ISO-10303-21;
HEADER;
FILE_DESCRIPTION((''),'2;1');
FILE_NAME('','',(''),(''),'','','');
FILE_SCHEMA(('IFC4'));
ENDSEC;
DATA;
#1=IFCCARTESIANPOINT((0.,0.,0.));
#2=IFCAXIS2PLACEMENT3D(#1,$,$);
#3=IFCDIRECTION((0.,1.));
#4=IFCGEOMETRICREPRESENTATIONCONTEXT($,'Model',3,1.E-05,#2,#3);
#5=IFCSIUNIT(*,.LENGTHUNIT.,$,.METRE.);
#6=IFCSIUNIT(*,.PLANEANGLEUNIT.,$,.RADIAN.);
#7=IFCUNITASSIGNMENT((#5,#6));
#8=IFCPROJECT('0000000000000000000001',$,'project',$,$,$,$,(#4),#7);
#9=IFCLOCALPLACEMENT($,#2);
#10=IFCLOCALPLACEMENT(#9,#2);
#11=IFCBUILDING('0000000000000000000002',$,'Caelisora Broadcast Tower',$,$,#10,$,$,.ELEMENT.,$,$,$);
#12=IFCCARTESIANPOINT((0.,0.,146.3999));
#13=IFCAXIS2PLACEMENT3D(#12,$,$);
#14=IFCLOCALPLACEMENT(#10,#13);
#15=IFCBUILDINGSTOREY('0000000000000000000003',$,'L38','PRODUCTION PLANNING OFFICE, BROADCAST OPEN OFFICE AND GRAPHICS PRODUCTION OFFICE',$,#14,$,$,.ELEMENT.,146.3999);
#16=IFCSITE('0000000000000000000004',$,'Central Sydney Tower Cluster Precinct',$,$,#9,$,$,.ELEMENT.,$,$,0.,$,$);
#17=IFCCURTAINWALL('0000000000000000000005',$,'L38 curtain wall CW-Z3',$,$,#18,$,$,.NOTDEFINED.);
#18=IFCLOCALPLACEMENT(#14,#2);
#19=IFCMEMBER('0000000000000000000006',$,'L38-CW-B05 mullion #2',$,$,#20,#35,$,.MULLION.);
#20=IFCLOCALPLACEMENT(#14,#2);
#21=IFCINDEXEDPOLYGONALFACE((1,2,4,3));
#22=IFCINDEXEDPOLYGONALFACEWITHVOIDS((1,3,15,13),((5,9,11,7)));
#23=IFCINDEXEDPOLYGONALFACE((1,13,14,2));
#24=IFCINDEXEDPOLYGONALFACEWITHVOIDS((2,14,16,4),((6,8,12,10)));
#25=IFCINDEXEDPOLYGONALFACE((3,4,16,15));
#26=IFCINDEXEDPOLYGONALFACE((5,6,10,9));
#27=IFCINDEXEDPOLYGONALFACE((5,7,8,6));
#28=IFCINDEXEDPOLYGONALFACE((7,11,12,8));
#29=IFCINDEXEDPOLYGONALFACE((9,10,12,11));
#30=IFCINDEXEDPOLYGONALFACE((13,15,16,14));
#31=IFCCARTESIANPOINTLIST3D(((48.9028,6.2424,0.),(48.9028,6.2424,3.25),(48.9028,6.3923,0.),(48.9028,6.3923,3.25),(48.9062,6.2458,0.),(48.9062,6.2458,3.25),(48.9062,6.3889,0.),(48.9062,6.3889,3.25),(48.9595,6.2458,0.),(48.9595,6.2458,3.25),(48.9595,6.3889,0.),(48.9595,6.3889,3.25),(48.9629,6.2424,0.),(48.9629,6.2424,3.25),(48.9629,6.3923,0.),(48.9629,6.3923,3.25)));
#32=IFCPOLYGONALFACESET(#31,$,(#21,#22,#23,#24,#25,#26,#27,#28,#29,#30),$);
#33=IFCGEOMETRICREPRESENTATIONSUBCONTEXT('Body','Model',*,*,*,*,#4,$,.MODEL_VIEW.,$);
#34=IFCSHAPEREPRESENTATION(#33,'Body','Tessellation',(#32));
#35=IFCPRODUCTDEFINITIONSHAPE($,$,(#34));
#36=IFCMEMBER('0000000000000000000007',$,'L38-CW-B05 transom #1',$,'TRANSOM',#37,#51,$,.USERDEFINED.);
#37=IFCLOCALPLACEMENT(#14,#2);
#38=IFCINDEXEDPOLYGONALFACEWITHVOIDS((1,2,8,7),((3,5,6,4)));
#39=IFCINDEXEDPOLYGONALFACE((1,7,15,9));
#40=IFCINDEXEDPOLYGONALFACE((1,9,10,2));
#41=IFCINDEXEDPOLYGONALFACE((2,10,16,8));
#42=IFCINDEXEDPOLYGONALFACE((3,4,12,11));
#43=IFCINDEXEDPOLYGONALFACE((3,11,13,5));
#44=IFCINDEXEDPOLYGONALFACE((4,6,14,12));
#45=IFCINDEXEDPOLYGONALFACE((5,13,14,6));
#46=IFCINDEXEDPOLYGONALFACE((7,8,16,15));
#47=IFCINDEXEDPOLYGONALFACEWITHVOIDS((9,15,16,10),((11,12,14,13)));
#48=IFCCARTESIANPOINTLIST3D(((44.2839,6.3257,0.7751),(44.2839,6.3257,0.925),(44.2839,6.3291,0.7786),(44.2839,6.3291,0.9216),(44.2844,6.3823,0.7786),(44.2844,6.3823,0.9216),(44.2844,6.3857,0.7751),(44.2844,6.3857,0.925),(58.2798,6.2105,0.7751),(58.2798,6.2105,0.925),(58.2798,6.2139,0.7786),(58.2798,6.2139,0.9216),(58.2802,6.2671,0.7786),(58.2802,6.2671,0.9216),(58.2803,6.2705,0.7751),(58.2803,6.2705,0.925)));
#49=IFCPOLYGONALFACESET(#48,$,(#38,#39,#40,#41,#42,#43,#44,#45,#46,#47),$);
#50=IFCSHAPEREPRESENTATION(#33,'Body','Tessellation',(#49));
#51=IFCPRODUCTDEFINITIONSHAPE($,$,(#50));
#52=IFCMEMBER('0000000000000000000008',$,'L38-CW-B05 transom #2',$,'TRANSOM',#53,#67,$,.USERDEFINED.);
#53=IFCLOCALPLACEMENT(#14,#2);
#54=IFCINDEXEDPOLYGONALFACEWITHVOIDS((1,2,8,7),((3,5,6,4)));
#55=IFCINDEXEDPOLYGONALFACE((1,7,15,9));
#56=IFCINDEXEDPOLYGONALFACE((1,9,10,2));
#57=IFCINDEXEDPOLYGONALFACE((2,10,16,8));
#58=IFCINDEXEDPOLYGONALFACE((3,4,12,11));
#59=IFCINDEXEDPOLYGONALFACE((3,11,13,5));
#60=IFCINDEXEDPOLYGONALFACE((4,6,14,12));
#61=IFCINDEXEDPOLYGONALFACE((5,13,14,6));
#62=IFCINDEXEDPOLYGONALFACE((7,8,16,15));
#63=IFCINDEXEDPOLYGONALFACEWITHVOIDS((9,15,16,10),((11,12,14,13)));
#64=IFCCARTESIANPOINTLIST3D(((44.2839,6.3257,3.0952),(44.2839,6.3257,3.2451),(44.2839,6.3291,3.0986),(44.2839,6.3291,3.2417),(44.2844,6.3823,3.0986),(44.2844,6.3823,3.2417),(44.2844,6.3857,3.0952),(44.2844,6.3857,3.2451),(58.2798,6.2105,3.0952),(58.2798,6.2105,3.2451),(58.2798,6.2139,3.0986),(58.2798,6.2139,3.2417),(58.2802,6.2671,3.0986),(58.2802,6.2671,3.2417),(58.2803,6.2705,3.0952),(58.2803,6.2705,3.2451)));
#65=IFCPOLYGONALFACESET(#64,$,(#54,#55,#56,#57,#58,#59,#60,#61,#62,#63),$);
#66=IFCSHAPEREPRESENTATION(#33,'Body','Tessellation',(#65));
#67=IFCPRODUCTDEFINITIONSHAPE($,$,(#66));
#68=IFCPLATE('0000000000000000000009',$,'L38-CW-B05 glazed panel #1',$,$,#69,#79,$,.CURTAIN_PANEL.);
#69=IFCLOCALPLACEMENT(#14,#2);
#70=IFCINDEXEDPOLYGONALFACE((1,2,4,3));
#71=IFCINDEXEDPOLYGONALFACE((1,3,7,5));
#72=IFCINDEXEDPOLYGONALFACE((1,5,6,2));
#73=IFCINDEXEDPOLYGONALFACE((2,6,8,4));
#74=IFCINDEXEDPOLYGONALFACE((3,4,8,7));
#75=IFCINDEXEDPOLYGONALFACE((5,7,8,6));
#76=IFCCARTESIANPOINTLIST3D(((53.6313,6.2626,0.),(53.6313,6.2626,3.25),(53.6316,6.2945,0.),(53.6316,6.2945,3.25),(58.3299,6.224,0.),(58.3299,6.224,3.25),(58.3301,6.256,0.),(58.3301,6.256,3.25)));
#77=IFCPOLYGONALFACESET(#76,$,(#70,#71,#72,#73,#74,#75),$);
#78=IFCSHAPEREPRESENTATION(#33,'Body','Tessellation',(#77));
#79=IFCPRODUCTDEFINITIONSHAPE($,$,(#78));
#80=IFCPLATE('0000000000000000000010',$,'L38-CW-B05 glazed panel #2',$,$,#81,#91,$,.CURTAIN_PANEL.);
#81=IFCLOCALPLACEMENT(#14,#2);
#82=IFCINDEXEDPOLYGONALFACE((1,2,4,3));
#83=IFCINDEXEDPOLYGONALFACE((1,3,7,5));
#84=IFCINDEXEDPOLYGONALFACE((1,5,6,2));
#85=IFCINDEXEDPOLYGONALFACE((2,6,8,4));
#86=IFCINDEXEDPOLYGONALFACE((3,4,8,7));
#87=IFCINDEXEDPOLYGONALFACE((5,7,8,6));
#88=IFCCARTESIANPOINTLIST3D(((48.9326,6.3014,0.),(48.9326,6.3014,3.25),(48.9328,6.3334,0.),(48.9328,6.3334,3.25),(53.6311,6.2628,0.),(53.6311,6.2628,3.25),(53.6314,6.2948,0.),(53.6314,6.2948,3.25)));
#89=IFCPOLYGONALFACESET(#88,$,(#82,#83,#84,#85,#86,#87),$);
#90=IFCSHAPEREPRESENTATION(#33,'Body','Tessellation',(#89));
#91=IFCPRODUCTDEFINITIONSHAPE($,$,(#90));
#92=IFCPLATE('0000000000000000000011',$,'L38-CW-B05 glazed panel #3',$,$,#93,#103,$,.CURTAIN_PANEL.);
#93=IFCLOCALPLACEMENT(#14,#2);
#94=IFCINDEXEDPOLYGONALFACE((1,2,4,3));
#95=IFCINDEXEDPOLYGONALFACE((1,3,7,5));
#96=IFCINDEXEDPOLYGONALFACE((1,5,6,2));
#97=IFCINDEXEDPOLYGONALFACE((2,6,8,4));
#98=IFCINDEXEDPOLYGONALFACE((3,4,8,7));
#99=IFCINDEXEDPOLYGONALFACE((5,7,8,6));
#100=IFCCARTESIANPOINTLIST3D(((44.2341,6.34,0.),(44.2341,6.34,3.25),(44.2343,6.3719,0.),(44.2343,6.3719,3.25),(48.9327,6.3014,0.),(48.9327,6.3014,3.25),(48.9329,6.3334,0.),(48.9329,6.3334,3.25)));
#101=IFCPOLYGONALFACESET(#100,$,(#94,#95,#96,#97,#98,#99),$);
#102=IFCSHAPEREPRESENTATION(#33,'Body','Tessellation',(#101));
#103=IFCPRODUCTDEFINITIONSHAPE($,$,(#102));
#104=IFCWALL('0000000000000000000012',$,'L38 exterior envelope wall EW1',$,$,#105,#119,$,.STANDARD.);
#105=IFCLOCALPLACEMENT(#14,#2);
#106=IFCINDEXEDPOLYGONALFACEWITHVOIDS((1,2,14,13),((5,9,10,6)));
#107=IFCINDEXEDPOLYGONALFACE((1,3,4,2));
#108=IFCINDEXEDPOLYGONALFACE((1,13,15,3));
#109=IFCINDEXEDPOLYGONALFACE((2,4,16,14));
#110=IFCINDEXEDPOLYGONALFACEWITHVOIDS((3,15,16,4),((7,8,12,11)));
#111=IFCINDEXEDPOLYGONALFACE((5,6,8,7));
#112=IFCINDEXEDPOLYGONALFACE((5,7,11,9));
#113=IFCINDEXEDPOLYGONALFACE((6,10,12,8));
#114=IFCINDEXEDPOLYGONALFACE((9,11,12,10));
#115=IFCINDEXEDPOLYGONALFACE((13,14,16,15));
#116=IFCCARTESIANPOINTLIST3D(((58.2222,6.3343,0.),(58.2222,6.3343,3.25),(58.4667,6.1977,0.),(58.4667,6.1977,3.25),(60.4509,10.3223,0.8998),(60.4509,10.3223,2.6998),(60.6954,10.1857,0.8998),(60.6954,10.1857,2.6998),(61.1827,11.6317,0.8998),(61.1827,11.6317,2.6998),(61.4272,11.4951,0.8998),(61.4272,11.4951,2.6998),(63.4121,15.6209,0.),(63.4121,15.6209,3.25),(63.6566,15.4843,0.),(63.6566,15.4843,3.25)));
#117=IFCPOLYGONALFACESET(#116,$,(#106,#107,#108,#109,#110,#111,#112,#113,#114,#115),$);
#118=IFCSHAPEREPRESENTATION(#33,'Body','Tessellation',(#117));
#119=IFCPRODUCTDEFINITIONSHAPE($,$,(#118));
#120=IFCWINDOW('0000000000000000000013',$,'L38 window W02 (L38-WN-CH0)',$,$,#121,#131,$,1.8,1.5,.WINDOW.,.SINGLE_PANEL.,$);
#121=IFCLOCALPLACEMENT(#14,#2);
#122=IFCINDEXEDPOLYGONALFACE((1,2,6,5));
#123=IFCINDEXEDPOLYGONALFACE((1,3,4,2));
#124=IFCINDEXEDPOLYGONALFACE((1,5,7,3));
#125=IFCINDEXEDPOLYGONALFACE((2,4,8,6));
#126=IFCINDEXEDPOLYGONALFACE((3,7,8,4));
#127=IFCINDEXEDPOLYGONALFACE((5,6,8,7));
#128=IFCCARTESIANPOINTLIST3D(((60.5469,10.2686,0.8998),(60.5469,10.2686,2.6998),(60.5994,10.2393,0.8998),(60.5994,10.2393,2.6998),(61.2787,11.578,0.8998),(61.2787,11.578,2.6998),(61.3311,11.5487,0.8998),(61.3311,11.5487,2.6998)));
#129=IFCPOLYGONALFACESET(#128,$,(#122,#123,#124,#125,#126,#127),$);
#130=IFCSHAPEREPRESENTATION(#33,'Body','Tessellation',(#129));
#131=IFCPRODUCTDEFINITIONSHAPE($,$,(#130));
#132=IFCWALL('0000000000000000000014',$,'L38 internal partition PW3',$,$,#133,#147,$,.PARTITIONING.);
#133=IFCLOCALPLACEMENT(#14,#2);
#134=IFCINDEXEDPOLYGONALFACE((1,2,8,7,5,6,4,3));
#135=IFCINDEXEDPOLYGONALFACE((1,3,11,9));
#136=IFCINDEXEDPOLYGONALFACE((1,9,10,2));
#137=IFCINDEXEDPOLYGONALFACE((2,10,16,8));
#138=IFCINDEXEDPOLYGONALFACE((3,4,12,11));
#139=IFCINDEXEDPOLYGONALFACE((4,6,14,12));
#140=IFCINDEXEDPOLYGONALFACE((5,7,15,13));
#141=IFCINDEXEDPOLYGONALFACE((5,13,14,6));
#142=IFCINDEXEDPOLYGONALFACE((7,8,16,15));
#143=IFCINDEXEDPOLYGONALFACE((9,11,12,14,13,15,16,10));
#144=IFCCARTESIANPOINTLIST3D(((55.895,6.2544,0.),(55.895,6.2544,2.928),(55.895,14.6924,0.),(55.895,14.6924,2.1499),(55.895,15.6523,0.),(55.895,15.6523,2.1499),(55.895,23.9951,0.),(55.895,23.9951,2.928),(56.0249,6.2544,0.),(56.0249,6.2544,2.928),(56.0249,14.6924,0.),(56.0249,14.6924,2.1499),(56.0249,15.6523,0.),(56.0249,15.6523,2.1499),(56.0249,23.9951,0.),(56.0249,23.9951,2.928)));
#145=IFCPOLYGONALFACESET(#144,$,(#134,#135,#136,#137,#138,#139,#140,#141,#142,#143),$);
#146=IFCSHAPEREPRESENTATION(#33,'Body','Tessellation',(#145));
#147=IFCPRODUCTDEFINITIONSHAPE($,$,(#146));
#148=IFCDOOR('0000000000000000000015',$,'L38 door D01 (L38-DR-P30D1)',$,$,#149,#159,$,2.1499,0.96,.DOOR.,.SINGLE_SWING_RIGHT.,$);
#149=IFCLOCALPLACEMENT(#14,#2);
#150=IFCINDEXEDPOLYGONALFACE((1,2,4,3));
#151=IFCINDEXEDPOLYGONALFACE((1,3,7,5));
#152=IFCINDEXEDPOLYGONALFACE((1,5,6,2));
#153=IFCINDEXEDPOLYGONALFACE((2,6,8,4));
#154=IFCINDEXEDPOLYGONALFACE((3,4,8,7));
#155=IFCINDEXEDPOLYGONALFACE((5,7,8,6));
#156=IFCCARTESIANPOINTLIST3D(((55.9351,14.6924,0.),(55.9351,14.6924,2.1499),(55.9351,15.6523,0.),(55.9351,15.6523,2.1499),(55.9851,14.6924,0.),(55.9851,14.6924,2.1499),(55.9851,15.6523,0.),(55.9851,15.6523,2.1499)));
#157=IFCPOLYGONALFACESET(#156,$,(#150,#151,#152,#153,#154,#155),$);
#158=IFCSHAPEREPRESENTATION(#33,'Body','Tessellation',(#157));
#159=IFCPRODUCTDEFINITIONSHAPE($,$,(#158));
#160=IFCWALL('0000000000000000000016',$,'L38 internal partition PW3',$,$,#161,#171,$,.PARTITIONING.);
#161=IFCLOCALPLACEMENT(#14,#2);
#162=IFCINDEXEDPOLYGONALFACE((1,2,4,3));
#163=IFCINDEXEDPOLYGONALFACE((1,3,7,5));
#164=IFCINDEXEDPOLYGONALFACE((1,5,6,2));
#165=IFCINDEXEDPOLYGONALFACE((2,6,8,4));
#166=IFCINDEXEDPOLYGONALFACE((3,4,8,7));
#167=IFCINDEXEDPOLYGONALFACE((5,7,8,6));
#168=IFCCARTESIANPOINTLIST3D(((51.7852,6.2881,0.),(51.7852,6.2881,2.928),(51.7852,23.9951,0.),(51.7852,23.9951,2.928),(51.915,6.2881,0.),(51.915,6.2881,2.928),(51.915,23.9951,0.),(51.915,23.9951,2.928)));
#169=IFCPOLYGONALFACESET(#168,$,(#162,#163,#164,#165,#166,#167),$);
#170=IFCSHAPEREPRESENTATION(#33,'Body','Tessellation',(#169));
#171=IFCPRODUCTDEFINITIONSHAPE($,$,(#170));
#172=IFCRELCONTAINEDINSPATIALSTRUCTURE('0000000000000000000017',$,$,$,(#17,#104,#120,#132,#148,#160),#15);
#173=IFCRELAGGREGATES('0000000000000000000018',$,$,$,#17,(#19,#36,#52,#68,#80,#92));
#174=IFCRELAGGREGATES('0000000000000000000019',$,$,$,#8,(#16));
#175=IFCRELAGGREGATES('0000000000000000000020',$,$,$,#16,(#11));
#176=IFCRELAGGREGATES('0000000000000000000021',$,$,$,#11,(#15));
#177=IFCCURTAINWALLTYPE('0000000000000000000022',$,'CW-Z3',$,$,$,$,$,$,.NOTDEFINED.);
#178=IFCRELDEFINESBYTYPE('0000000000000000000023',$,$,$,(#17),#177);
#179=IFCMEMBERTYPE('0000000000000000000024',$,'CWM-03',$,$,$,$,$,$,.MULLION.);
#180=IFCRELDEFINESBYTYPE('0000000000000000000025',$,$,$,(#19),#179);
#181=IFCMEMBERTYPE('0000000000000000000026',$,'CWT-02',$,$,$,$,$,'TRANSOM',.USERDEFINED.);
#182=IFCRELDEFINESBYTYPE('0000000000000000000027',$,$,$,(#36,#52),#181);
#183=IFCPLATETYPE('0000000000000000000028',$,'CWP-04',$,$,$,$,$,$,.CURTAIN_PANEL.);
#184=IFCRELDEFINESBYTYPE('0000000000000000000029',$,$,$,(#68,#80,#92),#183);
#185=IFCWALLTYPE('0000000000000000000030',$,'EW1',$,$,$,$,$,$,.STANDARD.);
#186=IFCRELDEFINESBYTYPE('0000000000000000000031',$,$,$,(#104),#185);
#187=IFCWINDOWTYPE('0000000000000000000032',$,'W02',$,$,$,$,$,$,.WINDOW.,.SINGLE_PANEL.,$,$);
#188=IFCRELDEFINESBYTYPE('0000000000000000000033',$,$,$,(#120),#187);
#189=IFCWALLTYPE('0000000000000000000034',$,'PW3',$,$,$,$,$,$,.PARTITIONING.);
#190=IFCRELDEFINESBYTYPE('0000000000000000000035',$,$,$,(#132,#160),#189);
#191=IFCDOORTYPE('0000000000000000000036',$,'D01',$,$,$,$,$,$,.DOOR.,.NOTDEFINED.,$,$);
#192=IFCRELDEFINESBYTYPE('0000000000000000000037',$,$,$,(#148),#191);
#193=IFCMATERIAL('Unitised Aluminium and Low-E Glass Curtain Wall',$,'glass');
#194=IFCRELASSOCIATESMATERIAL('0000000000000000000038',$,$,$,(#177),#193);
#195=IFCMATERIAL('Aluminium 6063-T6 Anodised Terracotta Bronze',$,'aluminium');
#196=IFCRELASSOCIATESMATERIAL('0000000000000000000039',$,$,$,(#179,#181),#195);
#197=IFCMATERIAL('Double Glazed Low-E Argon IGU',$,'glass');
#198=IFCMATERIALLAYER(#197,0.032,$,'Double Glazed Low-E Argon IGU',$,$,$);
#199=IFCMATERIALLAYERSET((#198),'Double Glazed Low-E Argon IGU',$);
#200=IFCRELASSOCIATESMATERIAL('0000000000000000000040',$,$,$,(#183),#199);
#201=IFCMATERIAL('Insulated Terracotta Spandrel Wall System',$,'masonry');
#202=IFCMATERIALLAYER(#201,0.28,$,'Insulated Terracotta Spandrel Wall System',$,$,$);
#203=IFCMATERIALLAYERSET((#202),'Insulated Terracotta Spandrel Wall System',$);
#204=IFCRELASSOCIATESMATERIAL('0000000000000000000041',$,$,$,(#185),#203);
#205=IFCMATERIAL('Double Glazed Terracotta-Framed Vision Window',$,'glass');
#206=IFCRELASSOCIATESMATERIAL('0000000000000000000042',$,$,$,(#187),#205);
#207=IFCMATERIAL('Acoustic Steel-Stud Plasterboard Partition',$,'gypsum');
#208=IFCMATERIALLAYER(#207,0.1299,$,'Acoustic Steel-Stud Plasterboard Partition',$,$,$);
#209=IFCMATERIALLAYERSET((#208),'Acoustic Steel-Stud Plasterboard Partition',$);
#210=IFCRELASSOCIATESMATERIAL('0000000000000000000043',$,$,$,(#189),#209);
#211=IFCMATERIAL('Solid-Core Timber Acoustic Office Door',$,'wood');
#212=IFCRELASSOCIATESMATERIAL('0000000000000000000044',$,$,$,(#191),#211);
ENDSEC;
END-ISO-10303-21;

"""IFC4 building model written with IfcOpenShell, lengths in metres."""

from ifc_helpers import new_model, si_unit, direction, frame, frame_2d, origin, origin_2d, place, context, subcontext, project, spatial, rectangle, hollow_rectangle, extrude, source, transform, mapped, material, layer, layer_set, material_profile, profile_set, type_object, type_shapes, element, fill, aggregate, save


model = new_model("IFC4")

# Units and contexts
model_context = context("Model", 3, precision=1e-05, world=origin(), true_north=direction((0.0, 1.0)))
body_context = subcontext(model_context, "Body", "Model", "MODEL_VIEW")
ifc_project = project(units=[si_unit("LENGTHUNIT", "METRE"), si_unit("PLANEANGLEUNIT", "RADIAN")], contexts=[model_context])

# Site, building, storey
site_placement = place(None, origin())
site = spatial("IfcSite", under=ifc_project, at=site_placement, Name="Central Sydney Tower Cluster Precinct", CompositionType="ELEMENT", RefElevation=0.0)
building_placement = place(site_placement, origin())
building = spatial("IfcBuilding", under=site, at=building_placement, Name="Caelisora Broadcast Tower", CompositionType="ELEMENT")
storey_placement = place(building_placement, frame((0.0, 0.0, 146.3999)))
storey = spatial("IfcBuildingStorey", under=building, at=storey_placement, Name="L38", Description="PRODUCTION PLANNING OFFICE, BROADCAST OPEN OFFICE AND GRAPHICS PRODUCTION OFFICE", CompositionType="ELEMENT", Elevation=146.3999)

# Curtain wall, members, plates
ifc_material_1 = material(Name="Unitised Aluminium and Low-E Glass Curtain Wall", Category="glass")
curtain_wall_type = type_object("IfcCurtainWallType", Name="CW-Z3", PredefinedType="NOTDEFINED", material=ifc_material_1)
curtain_wall_placement = place(storey_placement, origin())
curtain_wall = element("IfcCurtainWall", 1, at=curtain_wall_placement, inside=storey, type_object=curtain_wall_type, Name="L38 curtain wall CW-Z3", PredefinedType="NOTDEFINED")
ifc_material_2 = material(Name="Aluminium 6063-T6 Anodised Terracotta Bronze", Category="aluminium")
ifc_material_profile_1 = material_profile(ifc_material_2, hollow_rectangle(XDim=0.0601, YDim=0.1499, WallThickness=0.0034, at=origin_2d()), Name="Aluminium 6063-T6 Anodised Terracotta Bronze")
ifc_profile_set_1 = profile_set([ifc_material_profile_1], Name="Aluminium 6063-T6 Anodised Terracotta Bronze")
member_type_1 = type_object("IfcMemberType", Name="CWM-03", PredefinedType="MULLION", material=ifc_profile_set_1)
shared_shape_1 = source(origin(), body_context, "Body", "SweptSolid", [
    extrude(hollow_rectangle(XDim=0.0601, YDim=0.1499, WallThickness=0.0034, at=origin_2d()), origin(), (0.0, 0.0, 1.0), 3.25),
])
type_shapes(member_type_1, [shared_shape_1])
member_1_placement = place(storey_placement, frame((48.9329, 6.3174, 0.0), z_axis=(0.0, 0.0, 1.0), x_axis=(1.0, 0.0, 0.0)))
member_1 = element("IfcMember", 2, at=member_1_placement, type_object=member_type_1, Name="L38-CW-B05 mullion #2", PredefinedType="MULLION", context=body_context, shape_type="MappedRepresentation", body=[
    mapped(shared_shape_1, transform((0.0, 0.0, 0.0), scale=1.0)),
])
ifc_material_profile_2 = material_profile(ifc_material_2, hollow_rectangle(XDim=0.0601, YDim=0.1499, WallThickness=0.0034, at=origin_2d()), Name="Aluminium 6063-T6 Anodised Terracotta Bronze")
ifc_profile_set_2 = profile_set([ifc_material_profile_2], Name="Aluminium 6063-T6 Anodised Terracotta Bronze")
member_type_2 = type_object("IfcMemberType", Name="CWT-02", ElementType="TRANSOM", PredefinedType="USERDEFINED", material=ifc_profile_set_2)
shared_shape_2 = source(origin(), body_context, "Body", "SweptSolid", [
    extrude(hollow_rectangle(XDim=0.0601, YDim=0.1499, WallThickness=0.0034, at=origin_2d()), origin(), (0.0, 0.0, 1.0), 13.9963),
])
type_shapes(member_type_2, [shared_shape_2])
member_2_placement = place(storey_placement, frame((58.28, 6.2405, 0.8501), z_axis=(-0.999966, 0.008233, 0.0), x_axis=(-0.008233, -0.999966, 0.0)))
member_2 = element("IfcMember", 3, at=member_2_placement, type_object=member_type_2, Name="L38-CW-B05 transom #1", ObjectType="TRANSOM", PredefinedType="USERDEFINED", context=body_context, shape_type="MappedRepresentation", body=[
    mapped(shared_shape_2, transform((0.0, 0.0, 0.0), scale=1.0)),
])
member_3_placement = place(storey_placement, frame((58.28, 6.2405, 3.1702), z_axis=(-0.999966, 0.008233, 0.0), x_axis=(-0.008233, -0.999966, 0.0)))
member_3 = element("IfcMember", 4, at=member_3_placement, type_object=member_type_2, Name="L38-CW-B05 transom #2", ObjectType="TRANSOM", PredefinedType="USERDEFINED", context=body_context, shape_type="MappedRepresentation", body=[
    mapped(shared_shape_2, transform((0.0, 0.0, 0.0), scale=1.0)),
])
ifc_material_3 = material(Name="Double Glazed Low-E Argon IGU", Category="glass")
ifc_layer_1 = layer(ifc_material_3, 0.032, Name="Double Glazed Low-E Argon IGU")
ifc_layer_set_1 = layer_set([ifc_layer_1], Name="Double Glazed Low-E Argon IGU")
plate_type = type_object("IfcPlateType", Name="CWP-04", PredefinedType="CURTAIN_PANEL", material=ifc_layer_set_1)
shared_shape_3 = source(origin(), body_context, "Body", "SweptSolid", [
    extrude(rectangle(XDim=4.6987, YDim=0.032, at=origin_2d()), origin(), (0.0, 0.0, 1.0), 3.25),
])
type_shapes(plate_type, [shared_shape_3])
plate_1_placement = place(storey_placement, frame((55.9807, 6.2593, 0.0), z_axis=(0.0, 0.0, 1.0), x_axis=(-0.999966, 0.008203, 0.0)))
plate_1 = element("IfcPlate", 5, at=plate_1_placement, type_object=plate_type, Name="L38-CW-B05 glazed panel #1", PredefinedType="CURTAIN_PANEL", context=body_context, shape_type="MappedRepresentation", body=[
    mapped(shared_shape_3, transform((0.0, 0.0, 0.0), scale=1.0)),
])
plate_2_placement = place(storey_placement, frame((51.282, 6.2981, 0.0), z_axis=(0.0, 0.0, 1.0), x_axis=(-0.999966, 0.008203, 0.0)))
plate_2 = element("IfcPlate", 6, at=plate_2_placement, type_object=plate_type, Name="L38-CW-B05 glazed panel #2", PredefinedType="CURTAIN_PANEL", context=body_context, shape_type="MappedRepresentation", body=[
    mapped(shared_shape_3, transform((0.0, 0.0, 0.0), scale=1.0)),
])
plate_3_placement = place(storey_placement, frame((46.5835, 6.3367, 0.0), z_axis=(0.0, 0.0, 1.0), x_axis=(-0.999966, 0.008203, 0.0)))
plate_3 = element("IfcPlate", 7, at=plate_3_placement, type_object=plate_type, Name="L38-CW-B05 glazed panel #3", PredefinedType="CURTAIN_PANEL", context=body_context, shape_type="MappedRepresentation", body=[
    mapped(shared_shape_3, transform((0.0, 0.0, 0.0), scale=1.0)),
])
aggregate(curtain_wall, [member_1, member_2, member_3, plate_1, plate_2, plate_3])

# Wall, opening, window
ifc_material_4 = material(Name="Insulated Terracotta Spandrel Wall System", Category="masonry")
ifc_layer_2 = layer(ifc_material_4, 0.28, Name="Insulated Terracotta Spandrel Wall System")
ifc_layer_set_2 = layer_set([ifc_layer_2], Name="Insulated Terracotta Spandrel Wall System")
wall_type_1 = type_object("IfcWallType", Name="EW1", PredefinedType="STANDARD", material=ifc_layer_set_2)
wall_1_placement = place(storey_placement, frame((63.5344, 15.5527, 0.0), z_axis=(0.0, 0.0, 1.0), x_axis=(-0.487847, -0.872929, 0.0)))
wall_1 = element("IfcWall", 8, at=wall_1_placement, inside=storey, type_object=wall_type_1, Name="L38 exterior envelope wall EW1", PredefinedType="STANDARD", context=body_context, shape_type="SweptSolid", body=[
    extrude(rectangle(XDim=10.6384, YDim=0.28, at=frame_2d((5.3193, 0.0))), origin(), (0.0, 0.0, 1.0), 3.25),
])
opening_1_placement = place(wall_1_placement, frame((4.5701, 0.0, 0.8999)))
opening_1 = element("IfcOpeningElement", 9, at=opening_1_placement, cuts=wall_1, PredefinedType="OPENING", context=body_context, shape_type="SweptSolid", body=[
    extrude(rectangle(XDim=1.5, YDim=1.8, at=frame_2d((0.75, 0.8999))), frame((0.0, 0.1521, 0.0), z_axis=(0.0, -1.0, 0.0), x_axis=(1.0, 0.0, 0.0)), (0.0, 0.0, 1.0), 0.304),
])
ifc_material_5 = material(Name="Double Glazed Terracotta-Framed Vision Window", Category="glass")
window_type = type_object("IfcWindowType", Name="W02", PartitioningType="SINGLE_PANEL", PredefinedType="WINDOW", material=ifc_material_5)
window_placement = place(opening_1_placement, origin())
window = element("IfcWindow", 10, at=window_placement, inside=storey, type_object=window_type, Name="L38 window W02 (L38-WN-CH0)", OverallHeight=1.8, OverallWidth=1.5, PartitioningType="SINGLE_PANEL", PredefinedType="WINDOW", context=body_context, shape_type="SweptSolid", body=[
    extrude(rectangle(XDim=1.5, YDim=1.8, at=frame_2d((0.75, 0.8999))), frame((0.0, 0.03, 0.0), z_axis=(0.0, -1.0, 0.0), x_axis=(1.0, 0.0, 0.0)), (0.0, 0.0, 1.0), 0.0601),
])
fill(opening_1, window)

# Wall, opening, door
ifc_material_6 = material(Name="Acoustic Steel-Stud Plasterboard Partition", Category="gypsum")
ifc_layer_3 = layer(ifc_material_6, 0.1299, Name="Acoustic Steel-Stud Plasterboard Partition")
ifc_layer_set_3 = layer_set([ifc_layer_3], Name="Acoustic Steel-Stud Plasterboard Partition")
wall_type_2 = type_object("IfcWallType", Name="PW3", PredefinedType="PARTITIONING", material=ifc_layer_set_3)
wall_2_placement = place(storey_placement, frame((55.96, 6.2544, 0.0), z_axis=(0.0, 0.0, 1.0), x_axis=(0.0, 1.0, 0.0)))
wall_2 = element("IfcWall", 11, at=wall_2_placement, inside=storey, type_object=wall_type_2, Name="L38 internal partition PW3", PredefinedType="PARTITIONING", context=body_context, shape_type="SweptSolid", body=[
    extrude(rectangle(XDim=17.7407, YDim=0.1299, at=frame_2d((8.8704, 0.0))), origin(), (0.0, 0.0, 1.0), 2.928),
])
opening_2_placement = place(wall_2_placement, frame((8.438, 0.0, 0.0)))
opening_2 = element("IfcOpeningElement", 12, at=opening_2_placement, cuts=wall_2, PredefinedType="OPENING", context=body_context, shape_type="SweptSolid", body=[
    extrude(rectangle(XDim=0.96, YDim=2.1499, at=frame_2d((0.48, 1.075))), frame((0.0, 0.0769, 0.0), z_axis=(0.0, -1.0, 0.0), x_axis=(1.0, 0.0, 0.0)), (0.0, 0.0, 1.0), 0.1538),
])
ifc_material_7 = material(Name="Solid-Core Timber Acoustic Office Door", Category="wood")
door_type = type_object("IfcDoorType", Name="D01", OperationType="NOTDEFINED", PredefinedType="DOOR", material=ifc_material_7)
door_1_placement = place(opening_2_placement, origin())
door_1 = element("IfcDoor", 13, at=door_1_placement, inside=storey, type_object=door_type, Name="L38 door D01 (L38-DR-P30D1)", OperationType="SINGLE_SWING_RIGHT", OverallHeight=2.1499, OverallWidth=0.96, PredefinedType="DOOR", context=body_context, shape_type="SweptSolid", body=[
    extrude(rectangle(XDim=0.96, YDim=2.1499, at=frame_2d((0.48, 1.075))), frame((0.0, 0.0249, 0.0), z_axis=(0.0, -1.0, 0.0), x_axis=(1.0, 0.0, 0.0)), (0.0, 0.0, 1.0), 0.05),
])
fill(opening_2, door_1)

# Wall
wall_3_placement = place(storey_placement, frame((51.8501, 6.2881, 0.0), z_axis=(0.0, 0.0, 1.0), x_axis=(0.0, 1.0, 0.0)))
element("IfcWall", 14, at=wall_3_placement, inside=storey, type_object=wall_type_2, Name="L38 internal partition PW3", PredefinedType="PARTITIONING", context=body_context, shape_type="SweptSolid", body=[
    extrude(rectangle(XDim=17.707, YDim=0.1299, at=frame_2d((8.8535, 0.0))), origin(), (0.0, 0.0, 1.0), 2.928),
])

save(model, "model.ifc")
